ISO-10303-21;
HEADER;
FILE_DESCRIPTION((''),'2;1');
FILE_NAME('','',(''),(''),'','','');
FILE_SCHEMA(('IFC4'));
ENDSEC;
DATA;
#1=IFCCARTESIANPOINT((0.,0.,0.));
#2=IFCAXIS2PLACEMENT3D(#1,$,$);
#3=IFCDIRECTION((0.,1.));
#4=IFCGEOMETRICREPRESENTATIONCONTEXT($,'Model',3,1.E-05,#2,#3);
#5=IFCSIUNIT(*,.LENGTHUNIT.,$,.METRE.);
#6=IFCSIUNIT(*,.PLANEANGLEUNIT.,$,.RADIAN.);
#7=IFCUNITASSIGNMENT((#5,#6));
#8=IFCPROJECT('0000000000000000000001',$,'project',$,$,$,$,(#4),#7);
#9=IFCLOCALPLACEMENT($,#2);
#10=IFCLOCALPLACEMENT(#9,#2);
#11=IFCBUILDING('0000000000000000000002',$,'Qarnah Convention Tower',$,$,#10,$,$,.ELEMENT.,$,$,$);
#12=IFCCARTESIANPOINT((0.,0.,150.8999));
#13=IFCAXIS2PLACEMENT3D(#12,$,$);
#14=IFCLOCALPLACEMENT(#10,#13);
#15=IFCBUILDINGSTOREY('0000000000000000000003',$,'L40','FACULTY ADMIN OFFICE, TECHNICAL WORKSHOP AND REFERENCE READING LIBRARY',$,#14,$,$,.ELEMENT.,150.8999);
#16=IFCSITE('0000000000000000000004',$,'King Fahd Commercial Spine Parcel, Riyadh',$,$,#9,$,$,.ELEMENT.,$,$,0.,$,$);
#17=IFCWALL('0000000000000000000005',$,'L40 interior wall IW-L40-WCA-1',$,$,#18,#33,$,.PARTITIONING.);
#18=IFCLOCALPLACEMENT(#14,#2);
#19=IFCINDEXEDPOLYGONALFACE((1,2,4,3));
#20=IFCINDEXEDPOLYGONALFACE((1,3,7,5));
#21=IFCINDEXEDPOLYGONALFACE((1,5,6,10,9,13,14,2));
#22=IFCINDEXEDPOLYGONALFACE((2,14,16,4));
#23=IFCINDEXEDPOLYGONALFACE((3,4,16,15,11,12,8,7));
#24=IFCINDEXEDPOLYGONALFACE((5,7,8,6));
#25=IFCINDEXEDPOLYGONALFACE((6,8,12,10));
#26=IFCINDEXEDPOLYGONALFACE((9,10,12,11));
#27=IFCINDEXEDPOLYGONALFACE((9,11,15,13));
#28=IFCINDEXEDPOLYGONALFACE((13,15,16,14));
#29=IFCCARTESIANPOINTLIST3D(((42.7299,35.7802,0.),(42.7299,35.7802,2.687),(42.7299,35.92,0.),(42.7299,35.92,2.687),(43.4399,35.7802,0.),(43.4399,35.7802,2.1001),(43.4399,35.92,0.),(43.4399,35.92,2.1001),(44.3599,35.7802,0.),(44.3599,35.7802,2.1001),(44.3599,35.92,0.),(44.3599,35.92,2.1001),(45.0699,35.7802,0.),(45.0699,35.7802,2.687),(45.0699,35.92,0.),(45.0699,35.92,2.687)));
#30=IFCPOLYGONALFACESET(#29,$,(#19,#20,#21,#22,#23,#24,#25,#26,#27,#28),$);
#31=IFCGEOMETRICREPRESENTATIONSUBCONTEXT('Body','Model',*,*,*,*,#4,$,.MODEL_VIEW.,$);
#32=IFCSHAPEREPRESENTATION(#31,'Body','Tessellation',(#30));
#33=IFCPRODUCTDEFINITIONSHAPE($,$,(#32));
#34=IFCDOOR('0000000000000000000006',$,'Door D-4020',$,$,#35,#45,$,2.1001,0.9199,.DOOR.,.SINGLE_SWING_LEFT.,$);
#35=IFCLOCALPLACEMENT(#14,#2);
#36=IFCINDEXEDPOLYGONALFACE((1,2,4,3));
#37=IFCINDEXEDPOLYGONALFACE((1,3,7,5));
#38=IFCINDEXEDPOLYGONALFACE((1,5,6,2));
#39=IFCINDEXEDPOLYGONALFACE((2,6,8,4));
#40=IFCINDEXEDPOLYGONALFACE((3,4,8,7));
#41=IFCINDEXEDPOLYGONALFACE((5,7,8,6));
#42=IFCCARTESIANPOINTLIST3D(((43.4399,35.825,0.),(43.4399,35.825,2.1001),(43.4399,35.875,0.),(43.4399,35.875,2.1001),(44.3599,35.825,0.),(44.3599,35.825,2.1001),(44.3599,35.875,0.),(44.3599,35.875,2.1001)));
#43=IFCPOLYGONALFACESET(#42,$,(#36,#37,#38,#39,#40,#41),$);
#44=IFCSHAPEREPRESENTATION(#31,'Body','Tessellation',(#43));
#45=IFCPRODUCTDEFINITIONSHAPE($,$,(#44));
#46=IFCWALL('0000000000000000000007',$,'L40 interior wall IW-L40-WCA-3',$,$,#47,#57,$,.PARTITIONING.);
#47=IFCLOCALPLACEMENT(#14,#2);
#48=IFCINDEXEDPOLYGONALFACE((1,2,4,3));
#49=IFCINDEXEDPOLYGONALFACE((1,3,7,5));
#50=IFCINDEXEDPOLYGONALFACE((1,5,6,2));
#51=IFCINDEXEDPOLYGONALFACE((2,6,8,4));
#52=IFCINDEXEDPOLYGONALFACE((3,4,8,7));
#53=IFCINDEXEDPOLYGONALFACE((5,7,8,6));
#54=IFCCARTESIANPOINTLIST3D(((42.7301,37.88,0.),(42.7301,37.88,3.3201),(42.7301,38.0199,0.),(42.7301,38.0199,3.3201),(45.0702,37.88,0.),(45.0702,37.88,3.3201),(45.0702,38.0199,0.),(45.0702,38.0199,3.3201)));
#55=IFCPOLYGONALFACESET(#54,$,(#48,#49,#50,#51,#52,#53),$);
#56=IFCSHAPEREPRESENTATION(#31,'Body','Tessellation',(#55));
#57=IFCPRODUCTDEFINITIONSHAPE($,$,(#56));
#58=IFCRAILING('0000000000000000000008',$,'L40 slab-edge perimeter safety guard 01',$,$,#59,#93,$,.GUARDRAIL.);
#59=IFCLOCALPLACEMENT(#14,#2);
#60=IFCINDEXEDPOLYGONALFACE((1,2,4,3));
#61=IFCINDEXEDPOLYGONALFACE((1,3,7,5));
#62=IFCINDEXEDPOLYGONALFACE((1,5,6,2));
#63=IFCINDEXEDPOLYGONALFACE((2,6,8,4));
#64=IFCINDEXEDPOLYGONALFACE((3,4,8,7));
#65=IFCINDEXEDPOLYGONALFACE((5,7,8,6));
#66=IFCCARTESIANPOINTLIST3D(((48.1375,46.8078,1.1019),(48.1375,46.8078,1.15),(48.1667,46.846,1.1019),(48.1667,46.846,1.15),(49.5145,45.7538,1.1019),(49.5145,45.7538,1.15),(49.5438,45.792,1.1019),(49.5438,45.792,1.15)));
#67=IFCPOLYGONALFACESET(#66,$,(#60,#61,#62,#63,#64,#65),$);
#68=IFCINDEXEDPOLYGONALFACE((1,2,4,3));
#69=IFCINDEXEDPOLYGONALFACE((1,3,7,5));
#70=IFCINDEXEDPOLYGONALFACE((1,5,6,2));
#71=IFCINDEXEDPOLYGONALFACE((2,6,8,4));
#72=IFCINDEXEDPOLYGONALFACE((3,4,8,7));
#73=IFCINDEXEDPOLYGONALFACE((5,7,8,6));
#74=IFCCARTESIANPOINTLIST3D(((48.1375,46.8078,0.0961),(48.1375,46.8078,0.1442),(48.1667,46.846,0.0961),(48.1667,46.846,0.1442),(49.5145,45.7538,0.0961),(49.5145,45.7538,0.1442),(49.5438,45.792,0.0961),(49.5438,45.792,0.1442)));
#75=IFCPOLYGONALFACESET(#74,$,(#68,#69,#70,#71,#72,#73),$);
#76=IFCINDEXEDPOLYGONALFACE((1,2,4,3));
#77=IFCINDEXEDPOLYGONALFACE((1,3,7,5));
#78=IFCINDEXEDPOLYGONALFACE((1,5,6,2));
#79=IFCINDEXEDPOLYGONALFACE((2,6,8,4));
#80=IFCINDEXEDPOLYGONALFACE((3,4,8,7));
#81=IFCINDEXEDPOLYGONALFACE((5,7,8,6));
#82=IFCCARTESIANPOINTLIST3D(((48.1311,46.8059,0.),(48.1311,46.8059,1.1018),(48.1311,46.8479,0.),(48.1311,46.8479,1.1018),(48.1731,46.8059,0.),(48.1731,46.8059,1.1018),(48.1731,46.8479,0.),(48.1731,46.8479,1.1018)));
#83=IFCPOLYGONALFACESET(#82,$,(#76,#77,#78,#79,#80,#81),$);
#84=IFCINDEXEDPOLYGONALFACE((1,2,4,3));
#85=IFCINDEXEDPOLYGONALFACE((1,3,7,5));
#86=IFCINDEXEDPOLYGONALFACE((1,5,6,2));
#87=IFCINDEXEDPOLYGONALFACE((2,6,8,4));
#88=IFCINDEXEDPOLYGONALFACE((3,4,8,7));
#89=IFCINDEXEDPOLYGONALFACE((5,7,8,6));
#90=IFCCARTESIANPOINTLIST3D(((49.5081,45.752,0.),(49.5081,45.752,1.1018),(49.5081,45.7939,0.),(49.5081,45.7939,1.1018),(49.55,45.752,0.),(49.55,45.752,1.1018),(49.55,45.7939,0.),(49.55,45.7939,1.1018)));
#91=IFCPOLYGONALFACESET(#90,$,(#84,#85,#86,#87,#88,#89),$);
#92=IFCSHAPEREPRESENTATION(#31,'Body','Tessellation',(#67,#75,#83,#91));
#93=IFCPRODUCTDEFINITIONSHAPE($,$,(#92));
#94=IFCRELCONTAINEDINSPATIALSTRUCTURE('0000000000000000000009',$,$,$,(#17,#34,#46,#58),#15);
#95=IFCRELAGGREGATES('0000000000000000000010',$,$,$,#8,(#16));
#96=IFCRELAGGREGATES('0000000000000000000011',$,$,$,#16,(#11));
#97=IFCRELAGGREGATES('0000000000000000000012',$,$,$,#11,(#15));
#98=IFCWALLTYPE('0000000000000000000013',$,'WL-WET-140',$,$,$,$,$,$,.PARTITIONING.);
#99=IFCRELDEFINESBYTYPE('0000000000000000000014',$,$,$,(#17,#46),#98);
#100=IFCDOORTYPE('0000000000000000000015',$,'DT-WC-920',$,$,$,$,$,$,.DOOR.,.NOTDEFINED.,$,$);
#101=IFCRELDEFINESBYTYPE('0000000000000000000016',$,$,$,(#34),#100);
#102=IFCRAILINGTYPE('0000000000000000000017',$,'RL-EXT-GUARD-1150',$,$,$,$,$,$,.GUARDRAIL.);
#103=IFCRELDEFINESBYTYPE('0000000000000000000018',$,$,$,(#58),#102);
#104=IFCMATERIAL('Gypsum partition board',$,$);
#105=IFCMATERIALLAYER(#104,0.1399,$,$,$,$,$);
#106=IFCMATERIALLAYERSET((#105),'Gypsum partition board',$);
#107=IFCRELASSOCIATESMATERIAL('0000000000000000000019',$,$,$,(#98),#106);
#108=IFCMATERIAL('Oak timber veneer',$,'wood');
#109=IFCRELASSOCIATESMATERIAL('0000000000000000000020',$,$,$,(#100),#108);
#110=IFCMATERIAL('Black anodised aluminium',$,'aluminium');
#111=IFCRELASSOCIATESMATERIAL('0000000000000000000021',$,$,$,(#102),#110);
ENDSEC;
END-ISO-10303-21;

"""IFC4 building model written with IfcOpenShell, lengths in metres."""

from ifc_helpers import new_model, si_unit, direction, frame, frame_2d, origin, origin_2d, place, context, subcontext, project, spatial, rectangle, extrude, material, layer, layer_set, type_object, element, fill, save


model = new_model("IFC4")

# Units and contexts
model_context = context("Model", 3, precision=1e-05, world=origin(), true_north=direction((0.0, 1.0)))
body_context = subcontext(model_context, "Body", "Model", "MODEL_VIEW")
ifc_project = project(units=[si_unit("LENGTHUNIT", "METRE"), si_unit("PLANEANGLEUNIT", "RADIAN")], contexts=[model_context])

# Site, building, storey
site_placement = place(None, origin())
site = spatial("IfcSite", under=ifc_project, at=site_placement, Name="King Fahd Commercial Spine Parcel, Riyadh", CompositionType="ELEMENT", RefElevation=0.0)
building_placement = place(site_placement, origin())
building = spatial("IfcBuilding", under=site, at=building_placement, Name="Qarnah Convention Tower", CompositionType="ELEMENT")
storey_placement = place(building_placement, frame((0.0, 0.0, 150.8999)))
storey = spatial("IfcBuildingStorey", under=building, at=storey_placement, Name="L40", Description="FACULTY ADMIN OFFICE, TECHNICAL WORKSHOP AND REFERENCE READING LIBRARY", CompositionType="ELEMENT", Elevation=150.8999)

# Shared definitions
ifc_material_1 = material(Name="Black anodised aluminium", Category="aluminium")

# Shared definitions
ifc_material_2 = material(Name="Gypsum partition board")
ifc_layer_1 = layer(ifc_material_2, 0.1399)
ifc_layer_set_1 = layer_set([ifc_layer_1], Name="Gypsum partition board")
wall_type_1 = type_object("IfcWallType", Name="WL-WET-140", PredefinedType="PARTITIONING", material=ifc_layer_set_1)

# Shared definitions
ifc_material_3 = material(Name="Oak timber veneer", Category="wood")
door_type_1 = type_object("IfcDoorType", Name="DT-WC-920", OperationType="NOTDEFINED", PredefinedType="DOOR", material=ifc_material_3)

# Wall, opening, door
wall_1_placement = place(storey_placement, frame((42.73, 35.8501, 0.0), z_axis=(0.0, 0.0, 1.0), x_axis=(1.0, 0.0, 0.0)))
wall_1 = element("IfcWall", 1, at=wall_1_placement, inside=storey, type_object=wall_type_1, Name="L40 interior wall IW-L40-WCA-1", PredefinedType="PARTITIONING", context=body_context, shape_type="SweptSolid", body=[
    extrude(rectangle(XDim=2.3401, YDim=0.1399, at=frame_2d((1.1699, 0.0))), origin(), (0.0, 0.0, 1.0), 2.687),
])
opening_1_placement = place(wall_1_placement, frame((0.71, 0.0, 0.0)))
opening_1 = element("IfcOpeningElement", 2, at=opening_1_placement, cuts=wall_1, PredefinedType="OPENING", context=body_context, shape_type="SweptSolid", body=[
    extrude(rectangle(XDim=0.9199, YDim=2.1001, at=frame_2d((0.46, 1.05))), frame((0.0, 0.0798, 0.0), z_axis=(0.0, -1.0, 0.0), x_axis=(1.0, 0.0, 0.0)), (0.0, 0.0, 1.0), 0.1599),
])
door_1_placement = place(opening_1_placement, origin())
door_1 = element("IfcDoor", 3, at=door_1_placement, inside=storey, type_object=door_type_1, Name="Door D-4020", OperationType="SINGLE_SWING_LEFT", OverallHeight=2.1001, OverallWidth=0.9199, PredefinedType="DOOR", context=body_context, shape_type="SweptSolid", body=[
    extrude(rectangle(XDim=0.9199, YDim=2.1001, at=frame_2d((0.46, 1.05))), frame((0.0, 0.0249, 0.0), z_axis=(0.0, -1.0, 0.0), x_axis=(1.0, 0.0, 0.0)), (0.0, 0.0, 1.0), 0.05),
])
fill(opening_1, door_1)

# Wall
wall_2_placement = place(storey_placement, frame((45.0701, 37.95, 0.0), z_axis=(0.0, 0.0, 1.0), x_axis=(-1.0, 0.0, 0.0)))
element("IfcWall", 4, at=wall_2_placement, inside=storey, type_object=wall_type_1, Name="L40 interior wall IW-L40-WCA-3", PredefinedType="PARTITIONING", context=body_context, shape_type="SweptSolid", body=[
    extrude(rectangle(XDim=2.3401, YDim=0.1399, at=frame_2d((1.1699, 0.0))), origin(), (0.0, 0.0, 1.0), 3.3201),
])

# Railing
railing_type = type_object("IfcRailingType", Name="RL-EXT-GUARD-1150", PredefinedType="GUARDRAIL", material=ifc_material_1)
railing_1_placement = place(storey_placement, frame((48.1521, 46.8269, 0.0)))
element("IfcRailing", 5, at=railing_1_placement, inside=storey, type_object=railing_type, Name="L40 slab-edge perimeter safety guard 01", PredefinedType="GUARDRAIL", context=body_context, shape_type="SweptSolid", body=[
    extrude(rectangle(XDim=0.0481, YDim=0.0481, at=origin_2d()), frame((0.0, 0.0, 1.126), z_axis=(0.794082, -0.607811, 0.0), x_axis=(0.607811, 0.794082, 0.0)), (0.0, 0.0, 1.0), 1.7341),
    extrude(rectangle(XDim=0.0481, YDim=0.0481, at=origin_2d()), frame((0.0, 0.0, 0.1201), z_axis=(0.794082, -0.607811, 0.0), x_axis=(0.607811, 0.794082, 0.0)), (0.0, 0.0, 1.0), 1.7341),
    extrude(rectangle(XDim=0.042, YDim=0.042, at=origin_2d()), origin(), (0.0, 0.0, 1.0), 1.1018),
    extrude(rectangle(XDim=0.042, YDim=0.042, at=origin_2d()), frame((1.377, -1.054, 0.0)), (0.0, 0.0, 1.0), 1.1018),
])

save(model, "model.ifc")
